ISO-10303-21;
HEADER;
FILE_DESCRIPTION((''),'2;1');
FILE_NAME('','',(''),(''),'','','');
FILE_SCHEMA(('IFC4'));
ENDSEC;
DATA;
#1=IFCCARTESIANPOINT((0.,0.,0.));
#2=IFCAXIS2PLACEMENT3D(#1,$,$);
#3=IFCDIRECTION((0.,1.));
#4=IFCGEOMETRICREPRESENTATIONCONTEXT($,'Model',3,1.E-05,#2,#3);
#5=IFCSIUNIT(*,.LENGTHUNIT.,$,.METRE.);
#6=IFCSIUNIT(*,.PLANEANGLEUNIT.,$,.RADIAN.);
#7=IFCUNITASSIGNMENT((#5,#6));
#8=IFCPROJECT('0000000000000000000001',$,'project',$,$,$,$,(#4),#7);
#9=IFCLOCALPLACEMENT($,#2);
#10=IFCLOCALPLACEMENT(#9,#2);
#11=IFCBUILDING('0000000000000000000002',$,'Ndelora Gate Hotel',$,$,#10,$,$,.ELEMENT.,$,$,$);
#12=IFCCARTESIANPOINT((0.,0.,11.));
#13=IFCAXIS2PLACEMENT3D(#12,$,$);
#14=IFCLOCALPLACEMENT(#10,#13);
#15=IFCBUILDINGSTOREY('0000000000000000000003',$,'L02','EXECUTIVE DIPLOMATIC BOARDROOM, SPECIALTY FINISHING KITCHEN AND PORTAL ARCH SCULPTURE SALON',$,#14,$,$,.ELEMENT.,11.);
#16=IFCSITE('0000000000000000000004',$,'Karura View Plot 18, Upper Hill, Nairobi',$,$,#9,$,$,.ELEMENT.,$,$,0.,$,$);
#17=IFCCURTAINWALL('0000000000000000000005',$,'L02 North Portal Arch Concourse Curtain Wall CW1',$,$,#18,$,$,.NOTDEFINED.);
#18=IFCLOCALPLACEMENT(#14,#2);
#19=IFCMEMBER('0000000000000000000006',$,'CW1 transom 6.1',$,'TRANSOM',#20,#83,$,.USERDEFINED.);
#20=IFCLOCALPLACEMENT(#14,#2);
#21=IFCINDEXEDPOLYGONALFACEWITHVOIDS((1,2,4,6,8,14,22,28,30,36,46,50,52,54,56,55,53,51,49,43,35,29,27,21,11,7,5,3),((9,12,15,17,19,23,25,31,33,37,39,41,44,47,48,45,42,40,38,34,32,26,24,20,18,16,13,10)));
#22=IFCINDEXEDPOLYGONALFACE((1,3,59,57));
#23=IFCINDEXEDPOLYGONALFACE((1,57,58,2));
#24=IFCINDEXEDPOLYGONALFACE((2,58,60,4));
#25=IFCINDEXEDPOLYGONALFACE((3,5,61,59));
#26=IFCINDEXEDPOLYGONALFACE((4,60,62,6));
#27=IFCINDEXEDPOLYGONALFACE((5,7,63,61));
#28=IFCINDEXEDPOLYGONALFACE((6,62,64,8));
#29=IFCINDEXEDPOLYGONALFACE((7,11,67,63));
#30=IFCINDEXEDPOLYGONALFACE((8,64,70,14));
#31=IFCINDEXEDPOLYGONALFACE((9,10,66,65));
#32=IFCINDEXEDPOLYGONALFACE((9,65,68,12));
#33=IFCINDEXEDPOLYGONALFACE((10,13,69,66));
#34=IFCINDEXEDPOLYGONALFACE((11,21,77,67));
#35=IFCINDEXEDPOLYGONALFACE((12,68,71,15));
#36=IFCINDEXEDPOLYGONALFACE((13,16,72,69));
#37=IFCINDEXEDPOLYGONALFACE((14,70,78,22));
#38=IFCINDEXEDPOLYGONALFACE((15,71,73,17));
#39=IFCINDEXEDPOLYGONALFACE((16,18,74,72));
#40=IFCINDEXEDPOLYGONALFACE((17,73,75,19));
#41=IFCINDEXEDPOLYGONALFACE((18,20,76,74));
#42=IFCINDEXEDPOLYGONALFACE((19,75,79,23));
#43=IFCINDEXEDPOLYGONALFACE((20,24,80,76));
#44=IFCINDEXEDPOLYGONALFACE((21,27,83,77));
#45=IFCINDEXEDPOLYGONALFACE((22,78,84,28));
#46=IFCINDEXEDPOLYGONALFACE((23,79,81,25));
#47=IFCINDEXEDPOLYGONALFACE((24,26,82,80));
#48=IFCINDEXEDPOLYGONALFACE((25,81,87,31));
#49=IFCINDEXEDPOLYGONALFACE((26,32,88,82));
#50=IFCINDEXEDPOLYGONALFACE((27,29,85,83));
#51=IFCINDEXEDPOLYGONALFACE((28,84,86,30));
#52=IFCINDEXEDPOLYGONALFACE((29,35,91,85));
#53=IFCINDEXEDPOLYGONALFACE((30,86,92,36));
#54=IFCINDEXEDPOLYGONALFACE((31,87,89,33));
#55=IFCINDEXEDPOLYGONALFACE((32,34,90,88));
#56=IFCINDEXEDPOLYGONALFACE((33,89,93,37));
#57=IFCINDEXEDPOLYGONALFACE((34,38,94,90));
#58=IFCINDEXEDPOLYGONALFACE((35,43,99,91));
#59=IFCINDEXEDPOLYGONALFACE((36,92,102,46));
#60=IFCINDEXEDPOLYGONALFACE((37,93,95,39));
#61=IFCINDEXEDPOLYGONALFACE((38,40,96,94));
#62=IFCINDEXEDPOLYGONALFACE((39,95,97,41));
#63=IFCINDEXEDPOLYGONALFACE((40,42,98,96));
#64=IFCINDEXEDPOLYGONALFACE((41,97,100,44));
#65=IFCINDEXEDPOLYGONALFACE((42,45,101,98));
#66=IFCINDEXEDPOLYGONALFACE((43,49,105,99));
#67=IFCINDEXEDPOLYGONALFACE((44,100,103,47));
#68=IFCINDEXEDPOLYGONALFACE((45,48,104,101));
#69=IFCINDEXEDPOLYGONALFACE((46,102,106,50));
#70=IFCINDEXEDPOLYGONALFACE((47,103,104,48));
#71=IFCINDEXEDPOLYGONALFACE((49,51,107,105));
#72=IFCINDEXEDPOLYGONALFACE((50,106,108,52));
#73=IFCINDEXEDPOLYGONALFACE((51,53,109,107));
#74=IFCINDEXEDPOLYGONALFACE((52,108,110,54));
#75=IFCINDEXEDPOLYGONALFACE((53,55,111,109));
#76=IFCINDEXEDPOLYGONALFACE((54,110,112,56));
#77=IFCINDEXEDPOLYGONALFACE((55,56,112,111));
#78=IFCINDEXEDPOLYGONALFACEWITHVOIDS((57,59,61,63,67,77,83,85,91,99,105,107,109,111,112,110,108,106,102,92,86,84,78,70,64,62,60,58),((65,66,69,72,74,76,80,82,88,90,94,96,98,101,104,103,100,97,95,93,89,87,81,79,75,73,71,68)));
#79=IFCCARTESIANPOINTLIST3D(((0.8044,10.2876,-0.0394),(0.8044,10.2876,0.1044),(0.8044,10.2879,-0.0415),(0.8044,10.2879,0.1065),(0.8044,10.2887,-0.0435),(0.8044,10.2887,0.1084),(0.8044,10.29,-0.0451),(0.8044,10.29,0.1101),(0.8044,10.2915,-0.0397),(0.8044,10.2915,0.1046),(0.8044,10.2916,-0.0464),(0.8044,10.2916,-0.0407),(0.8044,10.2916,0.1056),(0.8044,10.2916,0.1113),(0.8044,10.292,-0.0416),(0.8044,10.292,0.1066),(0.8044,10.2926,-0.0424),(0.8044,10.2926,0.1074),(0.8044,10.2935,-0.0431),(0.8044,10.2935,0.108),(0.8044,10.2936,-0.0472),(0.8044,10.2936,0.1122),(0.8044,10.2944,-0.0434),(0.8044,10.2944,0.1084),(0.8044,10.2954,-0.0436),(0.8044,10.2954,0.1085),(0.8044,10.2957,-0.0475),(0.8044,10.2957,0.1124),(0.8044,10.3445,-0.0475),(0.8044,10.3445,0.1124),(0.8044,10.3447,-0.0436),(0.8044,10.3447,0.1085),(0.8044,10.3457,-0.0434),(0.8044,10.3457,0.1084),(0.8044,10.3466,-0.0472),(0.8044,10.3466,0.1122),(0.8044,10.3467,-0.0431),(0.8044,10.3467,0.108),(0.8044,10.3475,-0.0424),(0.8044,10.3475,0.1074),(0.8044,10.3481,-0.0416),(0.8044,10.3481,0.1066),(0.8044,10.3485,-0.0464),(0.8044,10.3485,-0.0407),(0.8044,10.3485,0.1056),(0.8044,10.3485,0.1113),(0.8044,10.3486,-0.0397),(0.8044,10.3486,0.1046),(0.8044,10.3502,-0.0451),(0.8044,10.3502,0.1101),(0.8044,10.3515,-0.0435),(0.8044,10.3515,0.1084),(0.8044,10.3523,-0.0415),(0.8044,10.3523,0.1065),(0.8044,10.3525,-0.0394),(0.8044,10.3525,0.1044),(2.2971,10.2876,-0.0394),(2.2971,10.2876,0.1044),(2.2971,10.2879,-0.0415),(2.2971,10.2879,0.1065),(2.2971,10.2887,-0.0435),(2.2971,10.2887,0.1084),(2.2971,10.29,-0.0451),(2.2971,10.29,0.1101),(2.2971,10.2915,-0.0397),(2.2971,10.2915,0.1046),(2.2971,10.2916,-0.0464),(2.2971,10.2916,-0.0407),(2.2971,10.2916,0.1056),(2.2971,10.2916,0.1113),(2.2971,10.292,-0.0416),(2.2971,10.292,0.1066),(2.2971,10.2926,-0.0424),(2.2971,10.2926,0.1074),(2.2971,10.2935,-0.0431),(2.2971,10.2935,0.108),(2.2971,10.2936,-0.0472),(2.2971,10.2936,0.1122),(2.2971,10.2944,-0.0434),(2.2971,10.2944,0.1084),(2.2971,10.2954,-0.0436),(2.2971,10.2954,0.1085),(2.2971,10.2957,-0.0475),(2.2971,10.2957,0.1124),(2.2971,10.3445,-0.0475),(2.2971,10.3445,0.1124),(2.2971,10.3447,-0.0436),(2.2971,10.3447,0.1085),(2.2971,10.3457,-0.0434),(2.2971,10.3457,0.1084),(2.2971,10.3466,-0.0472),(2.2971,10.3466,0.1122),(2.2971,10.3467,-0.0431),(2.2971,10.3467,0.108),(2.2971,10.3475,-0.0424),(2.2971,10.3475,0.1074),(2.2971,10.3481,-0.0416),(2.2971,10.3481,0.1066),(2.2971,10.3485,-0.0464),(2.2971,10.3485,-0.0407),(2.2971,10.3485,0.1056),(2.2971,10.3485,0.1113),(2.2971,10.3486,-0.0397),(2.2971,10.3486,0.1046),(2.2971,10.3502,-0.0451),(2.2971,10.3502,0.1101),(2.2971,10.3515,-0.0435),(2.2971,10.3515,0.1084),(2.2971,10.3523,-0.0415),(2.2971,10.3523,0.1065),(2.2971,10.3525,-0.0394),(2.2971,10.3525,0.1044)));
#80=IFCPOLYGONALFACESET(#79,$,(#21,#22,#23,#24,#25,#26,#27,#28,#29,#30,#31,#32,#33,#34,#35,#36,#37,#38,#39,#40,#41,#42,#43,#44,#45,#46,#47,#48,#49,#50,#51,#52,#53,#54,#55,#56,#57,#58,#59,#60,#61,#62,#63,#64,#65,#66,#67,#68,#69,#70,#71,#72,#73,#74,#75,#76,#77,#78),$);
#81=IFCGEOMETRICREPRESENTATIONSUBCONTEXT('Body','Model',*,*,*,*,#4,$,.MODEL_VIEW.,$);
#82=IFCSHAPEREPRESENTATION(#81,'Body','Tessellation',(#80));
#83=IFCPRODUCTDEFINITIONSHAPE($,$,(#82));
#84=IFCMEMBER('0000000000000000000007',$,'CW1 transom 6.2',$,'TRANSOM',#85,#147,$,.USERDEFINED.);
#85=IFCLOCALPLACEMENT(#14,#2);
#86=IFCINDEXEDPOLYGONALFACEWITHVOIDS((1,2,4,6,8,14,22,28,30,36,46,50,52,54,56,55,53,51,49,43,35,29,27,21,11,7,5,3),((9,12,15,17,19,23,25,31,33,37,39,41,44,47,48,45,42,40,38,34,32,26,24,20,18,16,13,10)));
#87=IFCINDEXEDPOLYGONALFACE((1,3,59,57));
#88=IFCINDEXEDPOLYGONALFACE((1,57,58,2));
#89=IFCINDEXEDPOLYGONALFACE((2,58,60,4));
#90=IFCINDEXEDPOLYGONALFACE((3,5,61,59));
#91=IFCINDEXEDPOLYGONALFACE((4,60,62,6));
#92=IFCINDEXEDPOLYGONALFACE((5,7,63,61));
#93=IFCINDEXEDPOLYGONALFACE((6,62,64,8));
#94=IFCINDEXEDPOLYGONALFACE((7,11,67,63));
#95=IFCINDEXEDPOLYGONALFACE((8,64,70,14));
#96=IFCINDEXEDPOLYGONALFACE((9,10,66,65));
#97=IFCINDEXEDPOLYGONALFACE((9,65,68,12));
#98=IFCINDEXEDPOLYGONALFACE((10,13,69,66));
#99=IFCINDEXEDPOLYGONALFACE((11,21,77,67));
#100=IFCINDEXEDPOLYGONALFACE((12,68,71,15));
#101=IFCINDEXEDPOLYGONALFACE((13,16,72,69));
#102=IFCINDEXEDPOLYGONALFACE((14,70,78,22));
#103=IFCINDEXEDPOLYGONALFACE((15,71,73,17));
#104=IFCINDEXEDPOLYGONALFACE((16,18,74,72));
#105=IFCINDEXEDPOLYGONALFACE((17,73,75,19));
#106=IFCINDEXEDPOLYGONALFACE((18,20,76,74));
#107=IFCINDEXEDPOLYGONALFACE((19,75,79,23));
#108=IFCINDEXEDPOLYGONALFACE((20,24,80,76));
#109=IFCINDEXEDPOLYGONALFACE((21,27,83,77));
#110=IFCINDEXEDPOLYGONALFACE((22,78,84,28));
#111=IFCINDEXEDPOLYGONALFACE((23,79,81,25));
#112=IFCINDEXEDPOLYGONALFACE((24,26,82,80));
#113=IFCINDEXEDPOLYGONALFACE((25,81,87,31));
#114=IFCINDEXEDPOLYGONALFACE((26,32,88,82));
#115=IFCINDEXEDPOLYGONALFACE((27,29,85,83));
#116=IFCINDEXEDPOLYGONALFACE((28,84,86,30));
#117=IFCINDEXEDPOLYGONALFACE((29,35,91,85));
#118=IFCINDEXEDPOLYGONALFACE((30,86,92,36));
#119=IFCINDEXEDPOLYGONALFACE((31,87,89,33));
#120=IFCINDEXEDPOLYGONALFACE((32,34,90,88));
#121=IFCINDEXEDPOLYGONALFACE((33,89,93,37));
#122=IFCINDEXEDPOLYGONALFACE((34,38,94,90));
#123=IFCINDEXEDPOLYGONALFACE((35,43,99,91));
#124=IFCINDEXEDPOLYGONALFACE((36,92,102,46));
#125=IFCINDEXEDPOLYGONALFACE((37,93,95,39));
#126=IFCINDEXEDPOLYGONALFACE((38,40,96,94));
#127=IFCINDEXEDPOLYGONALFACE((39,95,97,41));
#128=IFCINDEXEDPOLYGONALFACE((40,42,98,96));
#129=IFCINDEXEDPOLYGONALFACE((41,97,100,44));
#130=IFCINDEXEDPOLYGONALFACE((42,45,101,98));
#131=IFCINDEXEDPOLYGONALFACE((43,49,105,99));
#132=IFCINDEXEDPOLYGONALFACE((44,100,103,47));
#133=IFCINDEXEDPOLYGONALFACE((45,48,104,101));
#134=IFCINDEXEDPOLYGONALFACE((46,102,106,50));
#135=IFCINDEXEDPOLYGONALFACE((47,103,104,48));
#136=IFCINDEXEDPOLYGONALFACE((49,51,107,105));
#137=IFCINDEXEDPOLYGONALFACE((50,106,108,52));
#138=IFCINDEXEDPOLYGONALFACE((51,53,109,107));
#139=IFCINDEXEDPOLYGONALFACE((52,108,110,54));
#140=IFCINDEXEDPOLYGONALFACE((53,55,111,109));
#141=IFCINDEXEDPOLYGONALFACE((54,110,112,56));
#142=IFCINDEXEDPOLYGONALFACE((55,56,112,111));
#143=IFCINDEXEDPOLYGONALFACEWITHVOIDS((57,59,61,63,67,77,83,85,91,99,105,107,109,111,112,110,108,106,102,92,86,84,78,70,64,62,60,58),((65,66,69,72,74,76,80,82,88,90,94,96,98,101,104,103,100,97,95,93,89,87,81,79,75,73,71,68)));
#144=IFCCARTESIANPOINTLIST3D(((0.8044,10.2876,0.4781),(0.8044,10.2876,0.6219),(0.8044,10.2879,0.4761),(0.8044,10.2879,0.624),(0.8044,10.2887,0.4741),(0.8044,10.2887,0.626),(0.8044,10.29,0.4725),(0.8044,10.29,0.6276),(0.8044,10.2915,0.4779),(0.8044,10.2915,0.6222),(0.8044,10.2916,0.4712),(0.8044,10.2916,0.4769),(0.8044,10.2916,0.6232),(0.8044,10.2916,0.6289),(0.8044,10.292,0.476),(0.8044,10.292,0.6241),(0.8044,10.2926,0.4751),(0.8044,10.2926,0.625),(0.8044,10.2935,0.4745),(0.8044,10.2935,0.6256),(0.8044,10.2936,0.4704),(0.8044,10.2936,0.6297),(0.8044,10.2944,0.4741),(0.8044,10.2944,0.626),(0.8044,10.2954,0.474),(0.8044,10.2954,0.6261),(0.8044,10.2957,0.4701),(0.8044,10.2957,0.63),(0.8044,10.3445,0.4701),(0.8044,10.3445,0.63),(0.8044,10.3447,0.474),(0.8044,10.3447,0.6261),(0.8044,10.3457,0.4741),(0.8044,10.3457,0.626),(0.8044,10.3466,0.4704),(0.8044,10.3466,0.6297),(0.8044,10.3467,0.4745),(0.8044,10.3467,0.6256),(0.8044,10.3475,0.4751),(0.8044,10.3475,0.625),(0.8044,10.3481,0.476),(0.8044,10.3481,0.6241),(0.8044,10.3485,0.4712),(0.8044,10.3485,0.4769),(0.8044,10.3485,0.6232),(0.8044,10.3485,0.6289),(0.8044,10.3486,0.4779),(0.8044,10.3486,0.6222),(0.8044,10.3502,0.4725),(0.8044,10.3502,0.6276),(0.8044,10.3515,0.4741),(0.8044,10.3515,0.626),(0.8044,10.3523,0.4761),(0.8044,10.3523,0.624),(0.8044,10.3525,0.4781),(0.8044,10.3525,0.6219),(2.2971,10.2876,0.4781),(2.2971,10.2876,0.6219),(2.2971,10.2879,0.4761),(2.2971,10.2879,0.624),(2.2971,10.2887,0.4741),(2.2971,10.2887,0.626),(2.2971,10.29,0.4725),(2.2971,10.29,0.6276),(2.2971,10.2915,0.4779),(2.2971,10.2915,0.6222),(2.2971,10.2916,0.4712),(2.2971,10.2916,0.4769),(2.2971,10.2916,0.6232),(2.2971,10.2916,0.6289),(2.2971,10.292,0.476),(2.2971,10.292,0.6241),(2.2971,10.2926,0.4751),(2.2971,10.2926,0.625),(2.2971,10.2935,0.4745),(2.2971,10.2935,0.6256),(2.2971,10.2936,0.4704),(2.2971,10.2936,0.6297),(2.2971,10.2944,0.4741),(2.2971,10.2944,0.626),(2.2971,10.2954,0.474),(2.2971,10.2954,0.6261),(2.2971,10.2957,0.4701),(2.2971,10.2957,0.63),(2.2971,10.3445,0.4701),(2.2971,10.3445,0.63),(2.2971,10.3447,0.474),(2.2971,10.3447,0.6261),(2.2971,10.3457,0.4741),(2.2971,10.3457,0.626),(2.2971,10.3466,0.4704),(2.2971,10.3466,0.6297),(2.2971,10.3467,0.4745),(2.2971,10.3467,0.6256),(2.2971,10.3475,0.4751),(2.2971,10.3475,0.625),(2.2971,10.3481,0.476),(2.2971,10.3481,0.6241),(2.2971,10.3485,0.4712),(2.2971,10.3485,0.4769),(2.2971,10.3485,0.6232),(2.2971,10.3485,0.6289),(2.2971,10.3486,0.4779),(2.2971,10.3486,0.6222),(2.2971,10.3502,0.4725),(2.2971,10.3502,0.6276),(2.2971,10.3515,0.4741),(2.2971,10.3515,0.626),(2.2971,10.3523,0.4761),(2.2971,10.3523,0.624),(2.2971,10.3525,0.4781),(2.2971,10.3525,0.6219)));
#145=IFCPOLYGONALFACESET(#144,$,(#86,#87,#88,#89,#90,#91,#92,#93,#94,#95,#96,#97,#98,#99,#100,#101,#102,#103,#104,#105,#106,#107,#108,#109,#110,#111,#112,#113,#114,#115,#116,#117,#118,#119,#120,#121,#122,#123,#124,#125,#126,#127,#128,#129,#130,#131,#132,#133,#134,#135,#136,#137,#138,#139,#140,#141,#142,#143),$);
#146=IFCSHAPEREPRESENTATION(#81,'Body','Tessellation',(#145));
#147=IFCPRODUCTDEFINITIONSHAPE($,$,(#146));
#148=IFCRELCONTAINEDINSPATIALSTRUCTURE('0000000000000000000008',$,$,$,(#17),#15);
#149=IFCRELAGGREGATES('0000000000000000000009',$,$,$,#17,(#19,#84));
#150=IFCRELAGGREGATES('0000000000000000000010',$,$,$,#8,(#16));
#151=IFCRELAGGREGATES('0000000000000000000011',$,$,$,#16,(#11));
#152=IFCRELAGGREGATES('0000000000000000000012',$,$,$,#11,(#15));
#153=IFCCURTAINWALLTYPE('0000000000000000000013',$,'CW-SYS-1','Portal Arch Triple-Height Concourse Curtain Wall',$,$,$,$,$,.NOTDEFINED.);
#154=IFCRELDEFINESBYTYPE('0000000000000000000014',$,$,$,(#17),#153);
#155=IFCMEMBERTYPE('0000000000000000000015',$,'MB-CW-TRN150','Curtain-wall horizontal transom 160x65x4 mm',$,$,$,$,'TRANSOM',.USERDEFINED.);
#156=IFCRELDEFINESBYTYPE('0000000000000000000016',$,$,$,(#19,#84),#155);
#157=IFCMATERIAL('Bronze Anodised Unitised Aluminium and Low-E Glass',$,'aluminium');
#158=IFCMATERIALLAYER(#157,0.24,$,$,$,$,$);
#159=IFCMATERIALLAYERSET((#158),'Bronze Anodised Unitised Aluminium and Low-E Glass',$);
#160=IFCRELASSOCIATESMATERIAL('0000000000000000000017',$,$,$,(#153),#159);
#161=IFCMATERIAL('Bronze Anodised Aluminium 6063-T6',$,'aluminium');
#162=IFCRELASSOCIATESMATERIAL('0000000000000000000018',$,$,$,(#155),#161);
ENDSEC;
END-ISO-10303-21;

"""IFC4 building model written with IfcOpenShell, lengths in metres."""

from ifc_helpers import new_model, si_unit, direction, frame, origin, origin_2d, place, context, subcontext, project, spatial, hollow_rectangle, extrude, material, layer, layer_set, material_profile, profile_set, type_object, element, aggregate, save


model = new_model("IFC4")

# Units and contexts
model_context = context("Model", 3, precision=1e-05, world=origin(), true_north=direction((0.0, 1.0)))
body_context = subcontext(model_context, "Body", "Model", "MODEL_VIEW")
ifc_project = project(units=[si_unit("LENGTHUNIT", "METRE"), si_unit("PLANEANGLEUNIT", "RADIAN")], contexts=[model_context])

# Site, building, storey
site_placement = place(None, origin())
site = spatial("IfcSite", under=ifc_project, at=site_placement, Name="Karura View Plot 18, Upper Hill, Nairobi", CompositionType="ELEMENT", RefElevation=0.0)
building_placement = place(site_placement, origin())
building = spatial("IfcBuilding", under=site, at=building_placement, Name="Ndelora Gate Hotel", CompositionType="ELEMENT")
storey_placement = place(building_placement, frame((0.0, 0.0, 11.0)))
storey = spatial("IfcBuildingStorey", under=building, at=storey_placement, Name="L02", Description="EXECUTIVE DIPLOMATIC BOARDROOM, SPECIALTY FINISHING KITCHEN AND PORTAL ARCH SCULPTURE SALON", CompositionType="ELEMENT", Elevation=11.0)

# Curtain wall, members
ifc_material_1 = material(Name="Bronze Anodised Unitised Aluminium and Low-E Glass", Category="aluminium")
ifc_layer_1 = layer(ifc_material_1, 0.24)
ifc_layer_set_1 = layer_set([ifc_layer_1], Name="Bronze Anodised Unitised Aluminium and Low-E Glass")
curtain_wall_type = type_object("IfcCurtainWallType", Name="CW-SYS-1", Description="Portal Arch Triple-Height Concourse Curtain Wall", PredefinedType="NOTDEFINED", material=ifc_layer_set_1)
curtain_wall_placement = place(storey_placement, origin())
curtain_wall = element("IfcCurtainWall", 1, at=curtain_wall_placement, inside=storey, type_object=curtain_wall_type, Name="L02 North Portal Arch Concourse Curtain Wall CW1", PredefinedType="NOTDEFINED")
ifc_material_2 = material(Name="Bronze Anodised Aluminium 6063-T6", Category="aluminium")
ifc_material_profile_1 = material_profile(ifc_material_2, hollow_rectangle(XDim=0.0649, YDim=0.1599, WallThickness=0.0039, InnerFilletRadius=0.0039, OuterFilletRadius=0.0081, at=origin_2d()), Name="ALU 160x65x4")
ifc_profile_set_1 = profile_set([ifc_material_profile_1], Name="Bronze Anodised Aluminium 6063-T6")
member_type_1 = type_object("IfcMemberType", Name="MB-CW-TRN150", Description="Curtain-wall horizontal transom 160x65x4 mm", ElementType="TRANSOM", PredefinedType="USERDEFINED", material=ifc_profile_set_1)
member_1_placement = place(storey_placement, frame((2.2971, 10.3201, 0.0325), z_axis=(-1.0, 0.0, 0.0), x_axis=(0.0, -1.0, 0.0)))
member_1 = element("IfcMember", 2, at=member_1_placement, type_object=member_type_1, Name="CW1 transom 6.1", ObjectType="TRANSOM", PredefinedType="USERDEFINED", context=body_context, shape_type="SweptSolid", body=[
    extrude(hollow_rectangle(XDim=0.0649, YDim=0.1599, WallThickness=0.0039, InnerFilletRadius=0.0039, OuterFilletRadius=0.0081, at=origin_2d()), origin(), (0.0, 0.0, 1.0), 1.4927),
])
member_2_placement = place(storey_placement, frame((2.2971, 10.3201, 0.55), z_axis=(-1.0, 0.0, 0.0), x_axis=(0.0, -1.0, 0.0)))
member_2 = element("IfcMember", 3, at=member_2_placement, type_object=member_type_1, Name="CW1 transom 6.2", ObjectType="TRANSOM", PredefinedType="USERDEFINED", context=body_context, shape_type="SweptSolid", body=[
    extrude(hollow_rectangle(XDim=0.0649, YDim=0.1599, WallThickness=0.0039, InnerFilletRadius=0.0039, OuterFilletRadius=0.0081, at=origin_2d()), origin(), (0.0, 0.0, 1.0), 1.4927),
])
aggregate(curtain_wall, [member_1, member_2])

save(model, "model.ifc")
